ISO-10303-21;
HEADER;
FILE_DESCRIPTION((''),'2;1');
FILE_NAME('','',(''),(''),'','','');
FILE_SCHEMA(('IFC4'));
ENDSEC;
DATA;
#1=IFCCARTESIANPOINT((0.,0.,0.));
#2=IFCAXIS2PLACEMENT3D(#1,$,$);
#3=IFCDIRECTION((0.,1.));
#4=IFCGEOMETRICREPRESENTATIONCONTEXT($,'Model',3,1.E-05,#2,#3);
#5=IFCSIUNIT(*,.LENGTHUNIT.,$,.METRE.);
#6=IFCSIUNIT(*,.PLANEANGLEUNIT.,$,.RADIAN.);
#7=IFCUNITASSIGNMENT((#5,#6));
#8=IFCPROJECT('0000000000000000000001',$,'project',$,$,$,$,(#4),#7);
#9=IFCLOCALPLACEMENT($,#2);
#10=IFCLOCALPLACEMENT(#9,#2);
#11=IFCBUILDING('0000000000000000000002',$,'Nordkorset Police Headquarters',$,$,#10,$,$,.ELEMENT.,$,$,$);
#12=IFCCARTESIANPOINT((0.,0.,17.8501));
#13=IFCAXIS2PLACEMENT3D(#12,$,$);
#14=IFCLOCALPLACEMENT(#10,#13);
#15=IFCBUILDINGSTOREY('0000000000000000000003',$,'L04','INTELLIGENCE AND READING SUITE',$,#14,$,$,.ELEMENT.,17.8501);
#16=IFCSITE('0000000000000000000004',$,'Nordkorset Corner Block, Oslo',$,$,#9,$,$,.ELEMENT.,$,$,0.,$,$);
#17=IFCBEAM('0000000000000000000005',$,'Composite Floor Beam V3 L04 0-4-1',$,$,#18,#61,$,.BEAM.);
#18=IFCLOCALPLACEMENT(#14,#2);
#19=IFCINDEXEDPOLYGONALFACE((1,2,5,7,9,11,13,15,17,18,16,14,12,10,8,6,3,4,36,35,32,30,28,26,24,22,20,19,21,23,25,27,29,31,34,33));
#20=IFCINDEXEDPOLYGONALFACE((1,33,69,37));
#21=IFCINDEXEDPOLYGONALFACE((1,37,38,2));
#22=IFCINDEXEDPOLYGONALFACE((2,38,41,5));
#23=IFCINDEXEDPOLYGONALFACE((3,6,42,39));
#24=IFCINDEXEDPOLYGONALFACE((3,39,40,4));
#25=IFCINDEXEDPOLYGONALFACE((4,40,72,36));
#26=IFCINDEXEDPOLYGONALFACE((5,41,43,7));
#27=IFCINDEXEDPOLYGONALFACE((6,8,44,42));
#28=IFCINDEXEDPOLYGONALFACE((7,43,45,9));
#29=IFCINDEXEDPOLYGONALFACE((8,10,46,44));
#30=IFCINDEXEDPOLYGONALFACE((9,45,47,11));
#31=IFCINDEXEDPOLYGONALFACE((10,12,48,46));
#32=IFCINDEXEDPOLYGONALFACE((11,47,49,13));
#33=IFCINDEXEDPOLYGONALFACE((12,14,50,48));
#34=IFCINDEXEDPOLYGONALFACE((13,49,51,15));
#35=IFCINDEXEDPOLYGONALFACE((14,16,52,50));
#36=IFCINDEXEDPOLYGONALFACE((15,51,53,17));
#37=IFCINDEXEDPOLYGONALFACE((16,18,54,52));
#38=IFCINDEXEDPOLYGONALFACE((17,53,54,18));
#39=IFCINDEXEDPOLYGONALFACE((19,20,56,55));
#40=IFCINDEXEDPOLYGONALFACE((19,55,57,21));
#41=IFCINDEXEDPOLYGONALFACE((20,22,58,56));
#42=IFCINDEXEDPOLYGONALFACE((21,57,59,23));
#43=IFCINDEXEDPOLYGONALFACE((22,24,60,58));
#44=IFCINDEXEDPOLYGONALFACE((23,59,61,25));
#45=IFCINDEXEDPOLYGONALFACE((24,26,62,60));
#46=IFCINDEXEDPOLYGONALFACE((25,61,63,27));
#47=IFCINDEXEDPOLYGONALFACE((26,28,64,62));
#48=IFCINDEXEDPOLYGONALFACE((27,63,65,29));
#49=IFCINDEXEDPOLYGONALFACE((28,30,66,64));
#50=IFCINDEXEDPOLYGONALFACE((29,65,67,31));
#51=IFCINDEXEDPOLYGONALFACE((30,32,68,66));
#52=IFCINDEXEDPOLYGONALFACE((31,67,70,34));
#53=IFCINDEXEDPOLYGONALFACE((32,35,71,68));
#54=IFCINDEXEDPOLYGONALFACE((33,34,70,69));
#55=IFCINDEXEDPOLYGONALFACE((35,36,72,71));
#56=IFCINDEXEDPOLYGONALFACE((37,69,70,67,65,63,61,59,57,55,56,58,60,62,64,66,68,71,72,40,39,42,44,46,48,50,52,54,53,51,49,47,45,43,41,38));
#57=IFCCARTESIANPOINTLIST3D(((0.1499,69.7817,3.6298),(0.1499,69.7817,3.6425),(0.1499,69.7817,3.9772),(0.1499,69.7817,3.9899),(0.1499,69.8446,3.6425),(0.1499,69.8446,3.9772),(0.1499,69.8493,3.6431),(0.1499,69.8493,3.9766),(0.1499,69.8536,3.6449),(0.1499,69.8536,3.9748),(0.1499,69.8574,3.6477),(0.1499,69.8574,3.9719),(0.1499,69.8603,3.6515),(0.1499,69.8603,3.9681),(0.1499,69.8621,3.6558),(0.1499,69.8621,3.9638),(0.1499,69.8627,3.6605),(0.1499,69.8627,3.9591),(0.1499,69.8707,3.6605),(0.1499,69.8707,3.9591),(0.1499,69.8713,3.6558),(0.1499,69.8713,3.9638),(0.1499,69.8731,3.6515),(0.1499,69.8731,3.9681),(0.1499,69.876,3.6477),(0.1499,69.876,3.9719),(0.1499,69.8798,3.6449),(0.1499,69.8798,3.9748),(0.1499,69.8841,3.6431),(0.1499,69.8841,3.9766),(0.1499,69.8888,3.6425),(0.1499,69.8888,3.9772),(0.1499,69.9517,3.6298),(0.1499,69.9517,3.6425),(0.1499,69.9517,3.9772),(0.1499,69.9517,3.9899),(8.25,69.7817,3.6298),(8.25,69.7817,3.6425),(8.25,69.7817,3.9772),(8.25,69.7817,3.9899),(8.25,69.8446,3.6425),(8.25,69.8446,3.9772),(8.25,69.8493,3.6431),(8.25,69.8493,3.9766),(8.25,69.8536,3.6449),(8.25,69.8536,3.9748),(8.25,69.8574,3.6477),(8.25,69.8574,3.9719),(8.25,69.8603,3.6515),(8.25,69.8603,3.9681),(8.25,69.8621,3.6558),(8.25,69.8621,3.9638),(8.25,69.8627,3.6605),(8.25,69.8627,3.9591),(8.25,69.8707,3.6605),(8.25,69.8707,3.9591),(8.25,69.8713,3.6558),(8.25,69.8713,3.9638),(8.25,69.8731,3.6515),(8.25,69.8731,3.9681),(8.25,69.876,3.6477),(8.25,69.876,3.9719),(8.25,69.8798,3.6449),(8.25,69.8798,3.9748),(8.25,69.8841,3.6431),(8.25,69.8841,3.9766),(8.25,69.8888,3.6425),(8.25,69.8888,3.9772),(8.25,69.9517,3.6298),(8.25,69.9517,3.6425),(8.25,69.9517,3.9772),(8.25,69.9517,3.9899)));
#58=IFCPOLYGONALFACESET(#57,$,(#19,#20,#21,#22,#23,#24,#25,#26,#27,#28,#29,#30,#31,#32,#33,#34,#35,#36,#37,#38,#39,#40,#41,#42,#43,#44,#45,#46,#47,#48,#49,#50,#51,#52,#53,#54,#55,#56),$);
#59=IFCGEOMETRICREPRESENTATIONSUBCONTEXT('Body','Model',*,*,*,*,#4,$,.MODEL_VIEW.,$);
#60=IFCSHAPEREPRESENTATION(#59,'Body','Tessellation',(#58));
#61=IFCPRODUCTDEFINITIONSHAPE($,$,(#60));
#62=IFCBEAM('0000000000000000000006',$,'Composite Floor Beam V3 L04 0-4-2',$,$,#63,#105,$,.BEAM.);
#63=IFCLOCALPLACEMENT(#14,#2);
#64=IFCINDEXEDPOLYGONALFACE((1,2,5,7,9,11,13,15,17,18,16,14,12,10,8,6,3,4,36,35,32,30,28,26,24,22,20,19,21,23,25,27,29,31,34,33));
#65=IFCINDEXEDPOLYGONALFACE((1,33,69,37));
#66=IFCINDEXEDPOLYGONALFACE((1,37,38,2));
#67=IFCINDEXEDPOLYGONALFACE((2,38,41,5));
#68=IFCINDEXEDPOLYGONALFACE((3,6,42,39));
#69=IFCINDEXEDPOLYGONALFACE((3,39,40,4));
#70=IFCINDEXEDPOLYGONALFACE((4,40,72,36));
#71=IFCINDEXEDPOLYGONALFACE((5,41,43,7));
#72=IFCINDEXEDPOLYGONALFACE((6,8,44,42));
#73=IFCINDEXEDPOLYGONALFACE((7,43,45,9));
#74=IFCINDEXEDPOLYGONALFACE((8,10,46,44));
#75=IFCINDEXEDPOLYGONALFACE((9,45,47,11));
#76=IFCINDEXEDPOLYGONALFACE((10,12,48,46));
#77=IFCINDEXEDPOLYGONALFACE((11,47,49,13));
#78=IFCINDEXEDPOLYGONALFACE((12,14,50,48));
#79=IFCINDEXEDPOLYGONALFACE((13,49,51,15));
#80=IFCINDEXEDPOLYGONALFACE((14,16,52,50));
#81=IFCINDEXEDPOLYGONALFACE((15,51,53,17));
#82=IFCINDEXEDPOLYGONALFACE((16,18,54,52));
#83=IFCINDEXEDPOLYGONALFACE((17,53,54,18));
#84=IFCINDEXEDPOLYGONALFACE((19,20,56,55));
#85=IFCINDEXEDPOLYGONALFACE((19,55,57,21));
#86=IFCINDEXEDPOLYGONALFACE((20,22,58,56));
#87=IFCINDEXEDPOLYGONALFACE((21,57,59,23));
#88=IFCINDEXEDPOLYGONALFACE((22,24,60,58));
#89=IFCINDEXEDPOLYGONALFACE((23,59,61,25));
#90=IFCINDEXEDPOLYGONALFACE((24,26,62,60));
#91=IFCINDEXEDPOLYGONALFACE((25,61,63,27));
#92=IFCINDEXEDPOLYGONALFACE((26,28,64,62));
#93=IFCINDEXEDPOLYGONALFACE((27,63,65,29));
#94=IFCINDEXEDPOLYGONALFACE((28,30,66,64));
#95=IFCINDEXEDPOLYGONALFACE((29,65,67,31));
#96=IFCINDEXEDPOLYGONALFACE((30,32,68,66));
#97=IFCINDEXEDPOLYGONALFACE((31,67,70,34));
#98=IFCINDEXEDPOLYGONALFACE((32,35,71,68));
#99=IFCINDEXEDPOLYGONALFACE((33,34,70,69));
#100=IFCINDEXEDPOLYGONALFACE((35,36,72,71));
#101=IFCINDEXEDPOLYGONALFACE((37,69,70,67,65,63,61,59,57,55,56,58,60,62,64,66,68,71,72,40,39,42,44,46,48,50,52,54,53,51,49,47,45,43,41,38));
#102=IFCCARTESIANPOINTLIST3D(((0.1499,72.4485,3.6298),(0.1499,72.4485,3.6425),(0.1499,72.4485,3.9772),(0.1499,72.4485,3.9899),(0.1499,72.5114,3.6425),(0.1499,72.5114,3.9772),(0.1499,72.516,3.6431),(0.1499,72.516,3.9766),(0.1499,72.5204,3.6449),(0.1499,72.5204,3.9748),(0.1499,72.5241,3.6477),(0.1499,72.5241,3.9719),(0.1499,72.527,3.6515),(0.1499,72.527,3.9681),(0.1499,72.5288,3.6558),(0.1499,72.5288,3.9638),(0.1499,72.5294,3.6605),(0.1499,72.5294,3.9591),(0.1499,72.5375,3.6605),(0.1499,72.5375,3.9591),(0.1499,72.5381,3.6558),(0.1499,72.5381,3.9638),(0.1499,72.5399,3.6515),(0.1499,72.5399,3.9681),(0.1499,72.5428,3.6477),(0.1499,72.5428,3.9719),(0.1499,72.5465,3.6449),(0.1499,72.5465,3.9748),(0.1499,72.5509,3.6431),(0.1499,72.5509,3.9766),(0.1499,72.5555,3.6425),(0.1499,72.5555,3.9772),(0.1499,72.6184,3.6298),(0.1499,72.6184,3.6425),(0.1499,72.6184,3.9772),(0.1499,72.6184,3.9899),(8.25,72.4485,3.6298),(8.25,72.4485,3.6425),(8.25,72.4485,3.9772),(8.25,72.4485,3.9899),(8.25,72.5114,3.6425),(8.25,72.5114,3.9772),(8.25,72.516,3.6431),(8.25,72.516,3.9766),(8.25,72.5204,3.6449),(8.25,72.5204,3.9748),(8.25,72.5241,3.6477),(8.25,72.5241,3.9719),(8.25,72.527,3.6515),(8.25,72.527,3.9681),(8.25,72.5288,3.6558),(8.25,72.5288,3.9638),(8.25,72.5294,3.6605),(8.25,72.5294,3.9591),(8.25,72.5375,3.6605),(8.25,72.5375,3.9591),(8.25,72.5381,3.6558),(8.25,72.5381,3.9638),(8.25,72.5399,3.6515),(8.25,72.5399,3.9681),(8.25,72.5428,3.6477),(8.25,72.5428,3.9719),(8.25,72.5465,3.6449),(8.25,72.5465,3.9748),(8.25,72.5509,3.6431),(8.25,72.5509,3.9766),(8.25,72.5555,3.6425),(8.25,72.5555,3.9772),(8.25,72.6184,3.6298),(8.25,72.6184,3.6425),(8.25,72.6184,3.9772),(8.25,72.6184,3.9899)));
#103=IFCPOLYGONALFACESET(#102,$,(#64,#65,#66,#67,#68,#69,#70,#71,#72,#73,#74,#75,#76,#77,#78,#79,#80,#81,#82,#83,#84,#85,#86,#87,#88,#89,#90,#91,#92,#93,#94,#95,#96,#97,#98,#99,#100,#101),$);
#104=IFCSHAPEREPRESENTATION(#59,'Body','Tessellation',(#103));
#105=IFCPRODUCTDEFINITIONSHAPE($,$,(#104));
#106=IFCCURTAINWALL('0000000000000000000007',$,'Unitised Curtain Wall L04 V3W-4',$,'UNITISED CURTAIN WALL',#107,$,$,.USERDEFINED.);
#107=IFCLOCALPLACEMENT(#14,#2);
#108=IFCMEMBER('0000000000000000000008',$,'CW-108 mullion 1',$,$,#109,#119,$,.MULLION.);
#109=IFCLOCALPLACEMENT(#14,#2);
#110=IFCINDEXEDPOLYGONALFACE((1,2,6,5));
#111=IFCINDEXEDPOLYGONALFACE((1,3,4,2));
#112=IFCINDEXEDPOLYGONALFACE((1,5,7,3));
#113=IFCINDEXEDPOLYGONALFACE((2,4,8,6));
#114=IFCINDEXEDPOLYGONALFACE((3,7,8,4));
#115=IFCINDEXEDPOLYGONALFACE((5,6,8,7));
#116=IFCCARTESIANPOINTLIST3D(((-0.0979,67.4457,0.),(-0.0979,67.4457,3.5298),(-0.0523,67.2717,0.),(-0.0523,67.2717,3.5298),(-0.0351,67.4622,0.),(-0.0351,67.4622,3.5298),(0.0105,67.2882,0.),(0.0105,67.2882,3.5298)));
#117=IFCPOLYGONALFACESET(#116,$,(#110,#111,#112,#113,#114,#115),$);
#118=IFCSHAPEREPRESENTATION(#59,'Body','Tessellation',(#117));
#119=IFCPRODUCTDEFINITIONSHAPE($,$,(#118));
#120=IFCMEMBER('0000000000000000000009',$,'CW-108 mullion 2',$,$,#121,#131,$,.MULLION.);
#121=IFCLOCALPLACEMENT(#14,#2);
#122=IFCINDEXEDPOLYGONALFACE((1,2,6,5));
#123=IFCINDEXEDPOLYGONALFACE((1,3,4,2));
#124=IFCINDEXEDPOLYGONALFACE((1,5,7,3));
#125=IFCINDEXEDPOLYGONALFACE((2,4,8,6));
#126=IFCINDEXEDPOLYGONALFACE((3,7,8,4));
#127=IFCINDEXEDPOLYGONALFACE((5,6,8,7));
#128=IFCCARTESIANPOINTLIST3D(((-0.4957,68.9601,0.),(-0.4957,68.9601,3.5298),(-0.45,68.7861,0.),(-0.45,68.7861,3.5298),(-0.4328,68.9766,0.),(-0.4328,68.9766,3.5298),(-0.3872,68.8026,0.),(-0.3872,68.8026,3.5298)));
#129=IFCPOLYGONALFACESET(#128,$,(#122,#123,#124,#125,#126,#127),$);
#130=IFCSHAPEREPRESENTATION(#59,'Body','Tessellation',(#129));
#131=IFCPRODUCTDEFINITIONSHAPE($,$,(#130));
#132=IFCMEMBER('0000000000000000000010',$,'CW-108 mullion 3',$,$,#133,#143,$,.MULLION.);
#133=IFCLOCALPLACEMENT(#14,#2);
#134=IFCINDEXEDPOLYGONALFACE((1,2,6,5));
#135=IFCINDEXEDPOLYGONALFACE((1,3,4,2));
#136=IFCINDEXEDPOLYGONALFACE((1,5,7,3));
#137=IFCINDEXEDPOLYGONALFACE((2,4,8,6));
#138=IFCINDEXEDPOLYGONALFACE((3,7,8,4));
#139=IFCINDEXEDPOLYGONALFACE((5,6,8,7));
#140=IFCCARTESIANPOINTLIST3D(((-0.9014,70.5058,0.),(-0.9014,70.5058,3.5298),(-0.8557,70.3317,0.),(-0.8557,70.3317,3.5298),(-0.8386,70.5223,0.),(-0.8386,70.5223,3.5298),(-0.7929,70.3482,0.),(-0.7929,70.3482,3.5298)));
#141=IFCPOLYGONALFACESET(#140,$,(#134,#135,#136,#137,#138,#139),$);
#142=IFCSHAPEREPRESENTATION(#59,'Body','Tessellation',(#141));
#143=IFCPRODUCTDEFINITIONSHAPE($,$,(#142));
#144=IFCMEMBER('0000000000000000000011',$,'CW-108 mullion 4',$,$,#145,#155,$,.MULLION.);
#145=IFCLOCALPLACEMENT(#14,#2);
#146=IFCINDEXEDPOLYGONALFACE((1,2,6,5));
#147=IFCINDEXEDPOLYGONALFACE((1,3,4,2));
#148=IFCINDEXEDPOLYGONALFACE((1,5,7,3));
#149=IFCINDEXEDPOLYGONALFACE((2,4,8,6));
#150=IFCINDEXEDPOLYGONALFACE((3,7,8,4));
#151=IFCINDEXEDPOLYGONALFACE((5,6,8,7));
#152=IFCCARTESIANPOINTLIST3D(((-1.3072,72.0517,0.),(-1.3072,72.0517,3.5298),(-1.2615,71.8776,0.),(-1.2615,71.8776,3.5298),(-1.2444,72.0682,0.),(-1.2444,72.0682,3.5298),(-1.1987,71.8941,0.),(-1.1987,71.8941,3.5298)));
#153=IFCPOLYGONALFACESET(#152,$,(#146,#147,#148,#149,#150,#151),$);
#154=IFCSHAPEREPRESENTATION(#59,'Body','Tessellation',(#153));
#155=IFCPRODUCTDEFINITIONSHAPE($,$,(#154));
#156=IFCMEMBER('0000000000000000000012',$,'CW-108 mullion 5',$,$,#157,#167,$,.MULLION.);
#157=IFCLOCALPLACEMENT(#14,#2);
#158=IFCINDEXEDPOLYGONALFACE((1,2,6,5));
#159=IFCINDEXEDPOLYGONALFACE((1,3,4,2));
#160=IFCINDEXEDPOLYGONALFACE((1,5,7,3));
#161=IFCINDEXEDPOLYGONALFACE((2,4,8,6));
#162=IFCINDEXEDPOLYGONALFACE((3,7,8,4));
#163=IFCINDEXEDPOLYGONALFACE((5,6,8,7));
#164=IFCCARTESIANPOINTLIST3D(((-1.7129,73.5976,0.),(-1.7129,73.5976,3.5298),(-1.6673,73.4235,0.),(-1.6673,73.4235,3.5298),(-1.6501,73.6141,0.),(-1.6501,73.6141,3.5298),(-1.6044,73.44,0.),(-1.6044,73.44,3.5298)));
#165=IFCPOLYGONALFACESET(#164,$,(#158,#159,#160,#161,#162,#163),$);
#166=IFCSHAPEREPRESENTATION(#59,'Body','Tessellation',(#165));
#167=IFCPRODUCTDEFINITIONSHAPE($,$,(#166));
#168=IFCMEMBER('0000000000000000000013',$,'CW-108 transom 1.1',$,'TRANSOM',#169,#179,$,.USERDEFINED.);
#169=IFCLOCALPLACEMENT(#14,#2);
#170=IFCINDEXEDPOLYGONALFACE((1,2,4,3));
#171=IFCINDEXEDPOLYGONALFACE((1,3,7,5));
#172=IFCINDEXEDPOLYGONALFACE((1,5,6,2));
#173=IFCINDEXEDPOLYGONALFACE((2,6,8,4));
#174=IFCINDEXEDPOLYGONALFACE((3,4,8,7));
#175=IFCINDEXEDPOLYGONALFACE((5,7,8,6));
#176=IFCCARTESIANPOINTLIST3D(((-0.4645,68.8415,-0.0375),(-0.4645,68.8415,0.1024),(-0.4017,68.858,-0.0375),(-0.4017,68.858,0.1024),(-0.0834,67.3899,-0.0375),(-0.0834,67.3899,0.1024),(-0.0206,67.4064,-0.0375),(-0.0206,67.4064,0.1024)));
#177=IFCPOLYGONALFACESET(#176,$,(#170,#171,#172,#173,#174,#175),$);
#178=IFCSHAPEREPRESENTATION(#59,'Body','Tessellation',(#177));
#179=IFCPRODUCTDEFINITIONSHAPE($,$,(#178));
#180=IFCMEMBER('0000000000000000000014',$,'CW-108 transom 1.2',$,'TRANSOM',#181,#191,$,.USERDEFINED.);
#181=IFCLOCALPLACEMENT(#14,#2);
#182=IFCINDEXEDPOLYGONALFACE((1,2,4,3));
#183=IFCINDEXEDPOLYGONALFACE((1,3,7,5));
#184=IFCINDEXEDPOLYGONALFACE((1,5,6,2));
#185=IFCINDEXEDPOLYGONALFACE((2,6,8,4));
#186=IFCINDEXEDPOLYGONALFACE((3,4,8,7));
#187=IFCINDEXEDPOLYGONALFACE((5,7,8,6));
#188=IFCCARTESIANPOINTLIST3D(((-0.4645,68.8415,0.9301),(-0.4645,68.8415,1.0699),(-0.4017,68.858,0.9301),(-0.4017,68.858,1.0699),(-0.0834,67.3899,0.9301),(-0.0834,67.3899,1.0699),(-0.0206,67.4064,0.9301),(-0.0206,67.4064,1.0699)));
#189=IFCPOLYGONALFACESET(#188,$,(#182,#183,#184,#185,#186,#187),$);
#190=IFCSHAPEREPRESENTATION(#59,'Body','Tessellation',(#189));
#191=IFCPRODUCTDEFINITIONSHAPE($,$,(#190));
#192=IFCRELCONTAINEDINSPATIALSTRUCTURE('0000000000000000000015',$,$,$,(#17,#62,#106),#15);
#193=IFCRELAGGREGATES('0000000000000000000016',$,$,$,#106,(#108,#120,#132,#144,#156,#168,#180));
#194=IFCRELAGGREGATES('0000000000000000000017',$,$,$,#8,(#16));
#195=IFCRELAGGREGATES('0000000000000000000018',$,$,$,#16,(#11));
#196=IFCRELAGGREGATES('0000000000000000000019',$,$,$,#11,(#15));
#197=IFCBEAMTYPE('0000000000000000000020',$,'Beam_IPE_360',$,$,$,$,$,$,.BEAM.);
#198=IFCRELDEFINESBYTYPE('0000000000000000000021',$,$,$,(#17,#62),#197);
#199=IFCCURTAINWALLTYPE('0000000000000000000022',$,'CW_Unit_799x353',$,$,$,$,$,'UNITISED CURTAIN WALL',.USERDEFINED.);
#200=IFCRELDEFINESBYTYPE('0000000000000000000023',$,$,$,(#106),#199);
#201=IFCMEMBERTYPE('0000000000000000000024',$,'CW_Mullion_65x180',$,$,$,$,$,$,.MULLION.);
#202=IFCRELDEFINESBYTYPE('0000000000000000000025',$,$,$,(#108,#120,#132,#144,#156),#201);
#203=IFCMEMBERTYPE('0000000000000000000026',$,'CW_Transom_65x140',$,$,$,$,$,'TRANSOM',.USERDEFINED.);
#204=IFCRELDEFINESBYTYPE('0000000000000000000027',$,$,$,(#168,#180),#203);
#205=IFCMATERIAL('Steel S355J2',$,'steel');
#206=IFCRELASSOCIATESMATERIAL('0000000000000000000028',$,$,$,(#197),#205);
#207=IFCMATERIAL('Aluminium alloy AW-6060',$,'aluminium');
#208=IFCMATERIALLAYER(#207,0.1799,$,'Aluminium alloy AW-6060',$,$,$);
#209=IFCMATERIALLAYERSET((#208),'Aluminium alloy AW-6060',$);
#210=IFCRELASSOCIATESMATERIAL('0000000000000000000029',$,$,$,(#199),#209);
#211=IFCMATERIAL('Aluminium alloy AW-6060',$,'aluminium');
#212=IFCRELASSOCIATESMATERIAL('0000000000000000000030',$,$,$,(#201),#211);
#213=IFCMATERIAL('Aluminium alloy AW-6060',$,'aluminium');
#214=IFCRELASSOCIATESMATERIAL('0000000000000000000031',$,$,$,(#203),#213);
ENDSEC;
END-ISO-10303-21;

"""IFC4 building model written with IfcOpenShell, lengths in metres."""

from ifc_helpers import new_model, si_unit, direction, frame, origin, origin_2d, place, context, subcontext, project, spatial, rectangle, i_section, extrude, material, layer, layer_set, material_profile, profile_set, type_object, element, aggregate, save


model = new_model("IFC4")

# Units and contexts
model_context = context("Model", 3, precision=1e-05, world=origin(), true_north=direction((0.0, 1.0)))
body_context = subcontext(model_context, "Body", "Model", "MODEL_VIEW")
ifc_project = project(units=[si_unit("LENGTHUNIT", "METRE"), si_unit("PLANEANGLEUNIT", "RADIAN")], contexts=[model_context])

# Site, building, storey
site_placement = place(None, origin())
site = spatial("IfcSite", under=ifc_project, at=site_placement, Name="Nordkorset Corner Block, Oslo", CompositionType="ELEMENT", RefElevation=0.0)
building_placement = place(site_placement, origin())
building = spatial("IfcBuilding", under=site, at=building_placement, Name="Nordkorset Police Headquarters", CompositionType="ELEMENT")
storey_placement = place(building_placement, frame((0.0, 0.0, 17.8501)))
storey = spatial("IfcBuildingStorey", under=building, at=storey_placement, Name="L04", Description="INTELLIGENCE AND READING SUITE", CompositionType="ELEMENT", Elevation=17.8501)

# Beams
ifc_material_1 = material(Name="Steel S355J2", Category="steel")
ifc_material_profile_1 = material_profile(ifc_material_1, i_section(OverallWidth=0.1699, OverallDepth=0.3601, WebThickness=0.0081, FlangeThickness=0.0127, FilletRadius=0.0181, at=origin_2d()), Name="IPE 360")
ifc_profile_set_1 = profile_set([ifc_material_profile_1], Name="Steel S355J2")
beam_type_1 = type_object("IfcBeamType", Name="Beam_IPE_360", PredefinedType="BEAM", material=ifc_profile_set_1)
for number, where, z_axis, x_axis, name in (
    (1, (0.1499, 69.8667, 3.8098), (1.0, 0.0, 0.0), (0.0, 1.0, 0.0), "Composite Floor Beam V3 L04 0-4-1"),
    (2, (0.1499, 72.5334, 3.8098), (1.0, 0.0, 0.0), (0.0, 1.0, 0.0), "Composite Floor Beam V3 L04 0-4-2"),
):
    element("IfcBeam", number, at=place(storey_placement, frame(where, z_axis=z_axis, x_axis=x_axis)), inside=storey, type_object=beam_type_1, Name=name, PredefinedType="BEAM", context=body_context, shape_type="SweptSolid", body=[
        extrude(i_section(OverallWidth=0.1699, OverallDepth=0.3601, WebThickness=0.0081, FlangeThickness=0.0127, FilletRadius=0.0181, at=origin_2d()), origin(), (0.0, 0.0, 1.0), 8.1001),
    ])

# Curtain wall, members
ifc_material_2 = material(Name="Aluminium alloy AW-6060", Category="aluminium")
ifc_layer_1 = layer(ifc_material_2, 0.1799, Name="Aluminium alloy AW-6060")
ifc_layer_set_1 = layer_set([ifc_layer_1], Name="Aluminium alloy AW-6060")
curtain_wall_type = type_object("IfcCurtainWallType", Name="CW_Unit_799x353", ElementType="UNITISED CURTAIN WALL", PredefinedType="USERDEFINED", material=ifc_layer_set_1)
curtain_wall_placement = place(storey_placement, origin())
curtain_wall = element("IfcCurtainWall", 3, at=curtain_wall_placement, inside=storey, type_object=curtain_wall_type, Name="Unitised Curtain Wall L04 V3W-4", ObjectType="UNITISED CURTAIN WALL", PredefinedType="USERDEFINED")
ifc_material_3 = material(Name="Aluminium alloy AW-6060", Category="aluminium")
ifc_material_profile_2 = material_profile(ifc_material_3, rectangle(XDim=0.0649, YDim=0.1799, at=origin_2d()), Name="ALU MULL 65x180")
ifc_profile_set_2 = profile_set([ifc_material_profile_2], Name="Aluminium alloy AW-6060")
member_type_1 = type_object("IfcMemberType", Name="CW_Mullion_65x180", PredefinedType="MULLION", material=ifc_profile_set_2)
member_1_placement = place(storey_placement, frame((-0.0437, 67.3669, 0.0), z_axis=(0.0, 0.0, 1.0), x_axis=(-0.967231, -0.253897, 0.0)))
member_1 = element("IfcMember", 4, at=member_1_placement, type_object=member_type_1, Name="CW-108 mullion 1", PredefinedType="MULLION", context=body_context, shape_type="SweptSolid", body=[
    extrude(rectangle(XDim=0.0649, YDim=0.1799, at=origin_2d()), origin(), (0.0, 0.0, 1.0), 3.5298),
])
member_2_placement = place(storey_placement, frame((-0.4414, 68.8813, 0.0), z_axis=(0.0, 0.0, 1.0), x_axis=(-0.967231, -0.253897, 0.0)))
member_2 = element("IfcMember", 5, at=member_2_placement, type_object=member_type_1, Name="CW-108 mullion 2", PredefinedType="MULLION", context=body_context, shape_type="SweptSolid", body=[
    extrude(rectangle(XDim=0.0649, YDim=0.1799, at=origin_2d()), origin(), (0.0, 0.0, 1.0), 3.5298),
])
member_3_placement = place(storey_placement, frame((-0.8472, 70.427, 0.0), z_axis=(0.0, 0.0, 1.0), x_axis=(-0.967231, -0.253897, 0.0)))
member_3 = element("IfcMember", 6, at=member_3_placement, type_object=member_type_1, Name="CW-108 mullion 3", PredefinedType="MULLION", context=body_context, shape_type="SweptSolid", body=[
    extrude(rectangle(XDim=0.0649, YDim=0.1799, at=origin_2d()), origin(), (0.0, 0.0, 1.0), 3.5298),
])
member_4_placement = place(storey_placement, frame((-1.2529, 71.9729, 0.0), z_axis=(0.0, 0.0, 1.0), x_axis=(-0.967231, -0.253897, 0.0)))
member_4 = element("IfcMember", 7, at=member_4_placement, type_object=member_type_1, Name="CW-108 mullion 4", PredefinedType="MULLION", context=body_context, shape_type="SweptSolid", body=[
    extrude(rectangle(XDim=0.0649, YDim=0.1799, at=origin_2d()), origin(), (0.0, 0.0, 1.0), 3.5298),
])
member_5_placement = place(storey_placement, frame((-1.6587, 73.5188, 0.0), z_axis=(0.0, 0.0, 1.0), x_axis=(-0.967231, -0.253897, 0.0)))
member_5 = element("IfcMember", 8, at=member_5_placement, type_object=member_type_1, Name="CW-108 mullion 5", PredefinedType="MULLION", context=body_context, shape_type="SweptSolid", body=[
    extrude(rectangle(XDim=0.0649, YDim=0.1799, at=origin_2d()), origin(), (0.0, 0.0, 1.0), 3.5298),
])
ifc_material_4 = material(Name="Aluminium alloy AW-6060", Category="aluminium")
ifc_material_profile_3 = material_profile(ifc_material_4, rectangle(XDim=0.0649, YDim=0.1399, at=origin_2d()), Name="ALU TRAN 65x140")
ifc_profile_set_3 = profile_set([ifc_material_profile_3], Name="Aluminium alloy AW-6060")
member_type_2 = type_object("IfcMemberType", Name="CW_Transom_65x140", ElementType="TRANSOM", PredefinedType="USERDEFINED", material=ifc_profile_set_3)
member_6_placement = place(storey_placement, frame((-0.052, 67.3982, 0.0325), z_axis=(-0.253925, 0.967224, 0.0), x_axis=(-0.967224, -0.253925, 0.0)))
member_6 = element("IfcMember", 9, at=member_6_placement, type_object=member_type_2, Name="CW-108 transom 1.1", ObjectType="TRANSOM", PredefinedType="USERDEFINED", context=body_context, shape_type="SweptSolid", body=[
    extrude(rectangle(XDim=0.0649, YDim=0.1399, at=origin_2d()), origin(), (0.0, 0.0, 1.0), 1.5007),
])
member_7_placement = place(storey_placement, frame((-0.052, 67.3982, 1.0), z_axis=(-0.253925, 0.967224, 0.0), x_axis=(-0.967224, -0.253925, 0.0)))
member_7 = element("IfcMember", 10, at=member_7_placement, type_object=member_type_2, Name="CW-108 transom 1.2", ObjectType="TRANSOM", PredefinedType="USERDEFINED", context=body_context, shape_type="SweptSolid", body=[
    extrude(rectangle(XDim=0.0649, YDim=0.1399, at=origin_2d()), origin(), (0.0, 0.0, 1.0), 1.5007),
])

aggregate(curtain_wall, [member_1, member_2, member_3, member_4, member_5, member_6, member_7])

save(model, "model.ifc")
